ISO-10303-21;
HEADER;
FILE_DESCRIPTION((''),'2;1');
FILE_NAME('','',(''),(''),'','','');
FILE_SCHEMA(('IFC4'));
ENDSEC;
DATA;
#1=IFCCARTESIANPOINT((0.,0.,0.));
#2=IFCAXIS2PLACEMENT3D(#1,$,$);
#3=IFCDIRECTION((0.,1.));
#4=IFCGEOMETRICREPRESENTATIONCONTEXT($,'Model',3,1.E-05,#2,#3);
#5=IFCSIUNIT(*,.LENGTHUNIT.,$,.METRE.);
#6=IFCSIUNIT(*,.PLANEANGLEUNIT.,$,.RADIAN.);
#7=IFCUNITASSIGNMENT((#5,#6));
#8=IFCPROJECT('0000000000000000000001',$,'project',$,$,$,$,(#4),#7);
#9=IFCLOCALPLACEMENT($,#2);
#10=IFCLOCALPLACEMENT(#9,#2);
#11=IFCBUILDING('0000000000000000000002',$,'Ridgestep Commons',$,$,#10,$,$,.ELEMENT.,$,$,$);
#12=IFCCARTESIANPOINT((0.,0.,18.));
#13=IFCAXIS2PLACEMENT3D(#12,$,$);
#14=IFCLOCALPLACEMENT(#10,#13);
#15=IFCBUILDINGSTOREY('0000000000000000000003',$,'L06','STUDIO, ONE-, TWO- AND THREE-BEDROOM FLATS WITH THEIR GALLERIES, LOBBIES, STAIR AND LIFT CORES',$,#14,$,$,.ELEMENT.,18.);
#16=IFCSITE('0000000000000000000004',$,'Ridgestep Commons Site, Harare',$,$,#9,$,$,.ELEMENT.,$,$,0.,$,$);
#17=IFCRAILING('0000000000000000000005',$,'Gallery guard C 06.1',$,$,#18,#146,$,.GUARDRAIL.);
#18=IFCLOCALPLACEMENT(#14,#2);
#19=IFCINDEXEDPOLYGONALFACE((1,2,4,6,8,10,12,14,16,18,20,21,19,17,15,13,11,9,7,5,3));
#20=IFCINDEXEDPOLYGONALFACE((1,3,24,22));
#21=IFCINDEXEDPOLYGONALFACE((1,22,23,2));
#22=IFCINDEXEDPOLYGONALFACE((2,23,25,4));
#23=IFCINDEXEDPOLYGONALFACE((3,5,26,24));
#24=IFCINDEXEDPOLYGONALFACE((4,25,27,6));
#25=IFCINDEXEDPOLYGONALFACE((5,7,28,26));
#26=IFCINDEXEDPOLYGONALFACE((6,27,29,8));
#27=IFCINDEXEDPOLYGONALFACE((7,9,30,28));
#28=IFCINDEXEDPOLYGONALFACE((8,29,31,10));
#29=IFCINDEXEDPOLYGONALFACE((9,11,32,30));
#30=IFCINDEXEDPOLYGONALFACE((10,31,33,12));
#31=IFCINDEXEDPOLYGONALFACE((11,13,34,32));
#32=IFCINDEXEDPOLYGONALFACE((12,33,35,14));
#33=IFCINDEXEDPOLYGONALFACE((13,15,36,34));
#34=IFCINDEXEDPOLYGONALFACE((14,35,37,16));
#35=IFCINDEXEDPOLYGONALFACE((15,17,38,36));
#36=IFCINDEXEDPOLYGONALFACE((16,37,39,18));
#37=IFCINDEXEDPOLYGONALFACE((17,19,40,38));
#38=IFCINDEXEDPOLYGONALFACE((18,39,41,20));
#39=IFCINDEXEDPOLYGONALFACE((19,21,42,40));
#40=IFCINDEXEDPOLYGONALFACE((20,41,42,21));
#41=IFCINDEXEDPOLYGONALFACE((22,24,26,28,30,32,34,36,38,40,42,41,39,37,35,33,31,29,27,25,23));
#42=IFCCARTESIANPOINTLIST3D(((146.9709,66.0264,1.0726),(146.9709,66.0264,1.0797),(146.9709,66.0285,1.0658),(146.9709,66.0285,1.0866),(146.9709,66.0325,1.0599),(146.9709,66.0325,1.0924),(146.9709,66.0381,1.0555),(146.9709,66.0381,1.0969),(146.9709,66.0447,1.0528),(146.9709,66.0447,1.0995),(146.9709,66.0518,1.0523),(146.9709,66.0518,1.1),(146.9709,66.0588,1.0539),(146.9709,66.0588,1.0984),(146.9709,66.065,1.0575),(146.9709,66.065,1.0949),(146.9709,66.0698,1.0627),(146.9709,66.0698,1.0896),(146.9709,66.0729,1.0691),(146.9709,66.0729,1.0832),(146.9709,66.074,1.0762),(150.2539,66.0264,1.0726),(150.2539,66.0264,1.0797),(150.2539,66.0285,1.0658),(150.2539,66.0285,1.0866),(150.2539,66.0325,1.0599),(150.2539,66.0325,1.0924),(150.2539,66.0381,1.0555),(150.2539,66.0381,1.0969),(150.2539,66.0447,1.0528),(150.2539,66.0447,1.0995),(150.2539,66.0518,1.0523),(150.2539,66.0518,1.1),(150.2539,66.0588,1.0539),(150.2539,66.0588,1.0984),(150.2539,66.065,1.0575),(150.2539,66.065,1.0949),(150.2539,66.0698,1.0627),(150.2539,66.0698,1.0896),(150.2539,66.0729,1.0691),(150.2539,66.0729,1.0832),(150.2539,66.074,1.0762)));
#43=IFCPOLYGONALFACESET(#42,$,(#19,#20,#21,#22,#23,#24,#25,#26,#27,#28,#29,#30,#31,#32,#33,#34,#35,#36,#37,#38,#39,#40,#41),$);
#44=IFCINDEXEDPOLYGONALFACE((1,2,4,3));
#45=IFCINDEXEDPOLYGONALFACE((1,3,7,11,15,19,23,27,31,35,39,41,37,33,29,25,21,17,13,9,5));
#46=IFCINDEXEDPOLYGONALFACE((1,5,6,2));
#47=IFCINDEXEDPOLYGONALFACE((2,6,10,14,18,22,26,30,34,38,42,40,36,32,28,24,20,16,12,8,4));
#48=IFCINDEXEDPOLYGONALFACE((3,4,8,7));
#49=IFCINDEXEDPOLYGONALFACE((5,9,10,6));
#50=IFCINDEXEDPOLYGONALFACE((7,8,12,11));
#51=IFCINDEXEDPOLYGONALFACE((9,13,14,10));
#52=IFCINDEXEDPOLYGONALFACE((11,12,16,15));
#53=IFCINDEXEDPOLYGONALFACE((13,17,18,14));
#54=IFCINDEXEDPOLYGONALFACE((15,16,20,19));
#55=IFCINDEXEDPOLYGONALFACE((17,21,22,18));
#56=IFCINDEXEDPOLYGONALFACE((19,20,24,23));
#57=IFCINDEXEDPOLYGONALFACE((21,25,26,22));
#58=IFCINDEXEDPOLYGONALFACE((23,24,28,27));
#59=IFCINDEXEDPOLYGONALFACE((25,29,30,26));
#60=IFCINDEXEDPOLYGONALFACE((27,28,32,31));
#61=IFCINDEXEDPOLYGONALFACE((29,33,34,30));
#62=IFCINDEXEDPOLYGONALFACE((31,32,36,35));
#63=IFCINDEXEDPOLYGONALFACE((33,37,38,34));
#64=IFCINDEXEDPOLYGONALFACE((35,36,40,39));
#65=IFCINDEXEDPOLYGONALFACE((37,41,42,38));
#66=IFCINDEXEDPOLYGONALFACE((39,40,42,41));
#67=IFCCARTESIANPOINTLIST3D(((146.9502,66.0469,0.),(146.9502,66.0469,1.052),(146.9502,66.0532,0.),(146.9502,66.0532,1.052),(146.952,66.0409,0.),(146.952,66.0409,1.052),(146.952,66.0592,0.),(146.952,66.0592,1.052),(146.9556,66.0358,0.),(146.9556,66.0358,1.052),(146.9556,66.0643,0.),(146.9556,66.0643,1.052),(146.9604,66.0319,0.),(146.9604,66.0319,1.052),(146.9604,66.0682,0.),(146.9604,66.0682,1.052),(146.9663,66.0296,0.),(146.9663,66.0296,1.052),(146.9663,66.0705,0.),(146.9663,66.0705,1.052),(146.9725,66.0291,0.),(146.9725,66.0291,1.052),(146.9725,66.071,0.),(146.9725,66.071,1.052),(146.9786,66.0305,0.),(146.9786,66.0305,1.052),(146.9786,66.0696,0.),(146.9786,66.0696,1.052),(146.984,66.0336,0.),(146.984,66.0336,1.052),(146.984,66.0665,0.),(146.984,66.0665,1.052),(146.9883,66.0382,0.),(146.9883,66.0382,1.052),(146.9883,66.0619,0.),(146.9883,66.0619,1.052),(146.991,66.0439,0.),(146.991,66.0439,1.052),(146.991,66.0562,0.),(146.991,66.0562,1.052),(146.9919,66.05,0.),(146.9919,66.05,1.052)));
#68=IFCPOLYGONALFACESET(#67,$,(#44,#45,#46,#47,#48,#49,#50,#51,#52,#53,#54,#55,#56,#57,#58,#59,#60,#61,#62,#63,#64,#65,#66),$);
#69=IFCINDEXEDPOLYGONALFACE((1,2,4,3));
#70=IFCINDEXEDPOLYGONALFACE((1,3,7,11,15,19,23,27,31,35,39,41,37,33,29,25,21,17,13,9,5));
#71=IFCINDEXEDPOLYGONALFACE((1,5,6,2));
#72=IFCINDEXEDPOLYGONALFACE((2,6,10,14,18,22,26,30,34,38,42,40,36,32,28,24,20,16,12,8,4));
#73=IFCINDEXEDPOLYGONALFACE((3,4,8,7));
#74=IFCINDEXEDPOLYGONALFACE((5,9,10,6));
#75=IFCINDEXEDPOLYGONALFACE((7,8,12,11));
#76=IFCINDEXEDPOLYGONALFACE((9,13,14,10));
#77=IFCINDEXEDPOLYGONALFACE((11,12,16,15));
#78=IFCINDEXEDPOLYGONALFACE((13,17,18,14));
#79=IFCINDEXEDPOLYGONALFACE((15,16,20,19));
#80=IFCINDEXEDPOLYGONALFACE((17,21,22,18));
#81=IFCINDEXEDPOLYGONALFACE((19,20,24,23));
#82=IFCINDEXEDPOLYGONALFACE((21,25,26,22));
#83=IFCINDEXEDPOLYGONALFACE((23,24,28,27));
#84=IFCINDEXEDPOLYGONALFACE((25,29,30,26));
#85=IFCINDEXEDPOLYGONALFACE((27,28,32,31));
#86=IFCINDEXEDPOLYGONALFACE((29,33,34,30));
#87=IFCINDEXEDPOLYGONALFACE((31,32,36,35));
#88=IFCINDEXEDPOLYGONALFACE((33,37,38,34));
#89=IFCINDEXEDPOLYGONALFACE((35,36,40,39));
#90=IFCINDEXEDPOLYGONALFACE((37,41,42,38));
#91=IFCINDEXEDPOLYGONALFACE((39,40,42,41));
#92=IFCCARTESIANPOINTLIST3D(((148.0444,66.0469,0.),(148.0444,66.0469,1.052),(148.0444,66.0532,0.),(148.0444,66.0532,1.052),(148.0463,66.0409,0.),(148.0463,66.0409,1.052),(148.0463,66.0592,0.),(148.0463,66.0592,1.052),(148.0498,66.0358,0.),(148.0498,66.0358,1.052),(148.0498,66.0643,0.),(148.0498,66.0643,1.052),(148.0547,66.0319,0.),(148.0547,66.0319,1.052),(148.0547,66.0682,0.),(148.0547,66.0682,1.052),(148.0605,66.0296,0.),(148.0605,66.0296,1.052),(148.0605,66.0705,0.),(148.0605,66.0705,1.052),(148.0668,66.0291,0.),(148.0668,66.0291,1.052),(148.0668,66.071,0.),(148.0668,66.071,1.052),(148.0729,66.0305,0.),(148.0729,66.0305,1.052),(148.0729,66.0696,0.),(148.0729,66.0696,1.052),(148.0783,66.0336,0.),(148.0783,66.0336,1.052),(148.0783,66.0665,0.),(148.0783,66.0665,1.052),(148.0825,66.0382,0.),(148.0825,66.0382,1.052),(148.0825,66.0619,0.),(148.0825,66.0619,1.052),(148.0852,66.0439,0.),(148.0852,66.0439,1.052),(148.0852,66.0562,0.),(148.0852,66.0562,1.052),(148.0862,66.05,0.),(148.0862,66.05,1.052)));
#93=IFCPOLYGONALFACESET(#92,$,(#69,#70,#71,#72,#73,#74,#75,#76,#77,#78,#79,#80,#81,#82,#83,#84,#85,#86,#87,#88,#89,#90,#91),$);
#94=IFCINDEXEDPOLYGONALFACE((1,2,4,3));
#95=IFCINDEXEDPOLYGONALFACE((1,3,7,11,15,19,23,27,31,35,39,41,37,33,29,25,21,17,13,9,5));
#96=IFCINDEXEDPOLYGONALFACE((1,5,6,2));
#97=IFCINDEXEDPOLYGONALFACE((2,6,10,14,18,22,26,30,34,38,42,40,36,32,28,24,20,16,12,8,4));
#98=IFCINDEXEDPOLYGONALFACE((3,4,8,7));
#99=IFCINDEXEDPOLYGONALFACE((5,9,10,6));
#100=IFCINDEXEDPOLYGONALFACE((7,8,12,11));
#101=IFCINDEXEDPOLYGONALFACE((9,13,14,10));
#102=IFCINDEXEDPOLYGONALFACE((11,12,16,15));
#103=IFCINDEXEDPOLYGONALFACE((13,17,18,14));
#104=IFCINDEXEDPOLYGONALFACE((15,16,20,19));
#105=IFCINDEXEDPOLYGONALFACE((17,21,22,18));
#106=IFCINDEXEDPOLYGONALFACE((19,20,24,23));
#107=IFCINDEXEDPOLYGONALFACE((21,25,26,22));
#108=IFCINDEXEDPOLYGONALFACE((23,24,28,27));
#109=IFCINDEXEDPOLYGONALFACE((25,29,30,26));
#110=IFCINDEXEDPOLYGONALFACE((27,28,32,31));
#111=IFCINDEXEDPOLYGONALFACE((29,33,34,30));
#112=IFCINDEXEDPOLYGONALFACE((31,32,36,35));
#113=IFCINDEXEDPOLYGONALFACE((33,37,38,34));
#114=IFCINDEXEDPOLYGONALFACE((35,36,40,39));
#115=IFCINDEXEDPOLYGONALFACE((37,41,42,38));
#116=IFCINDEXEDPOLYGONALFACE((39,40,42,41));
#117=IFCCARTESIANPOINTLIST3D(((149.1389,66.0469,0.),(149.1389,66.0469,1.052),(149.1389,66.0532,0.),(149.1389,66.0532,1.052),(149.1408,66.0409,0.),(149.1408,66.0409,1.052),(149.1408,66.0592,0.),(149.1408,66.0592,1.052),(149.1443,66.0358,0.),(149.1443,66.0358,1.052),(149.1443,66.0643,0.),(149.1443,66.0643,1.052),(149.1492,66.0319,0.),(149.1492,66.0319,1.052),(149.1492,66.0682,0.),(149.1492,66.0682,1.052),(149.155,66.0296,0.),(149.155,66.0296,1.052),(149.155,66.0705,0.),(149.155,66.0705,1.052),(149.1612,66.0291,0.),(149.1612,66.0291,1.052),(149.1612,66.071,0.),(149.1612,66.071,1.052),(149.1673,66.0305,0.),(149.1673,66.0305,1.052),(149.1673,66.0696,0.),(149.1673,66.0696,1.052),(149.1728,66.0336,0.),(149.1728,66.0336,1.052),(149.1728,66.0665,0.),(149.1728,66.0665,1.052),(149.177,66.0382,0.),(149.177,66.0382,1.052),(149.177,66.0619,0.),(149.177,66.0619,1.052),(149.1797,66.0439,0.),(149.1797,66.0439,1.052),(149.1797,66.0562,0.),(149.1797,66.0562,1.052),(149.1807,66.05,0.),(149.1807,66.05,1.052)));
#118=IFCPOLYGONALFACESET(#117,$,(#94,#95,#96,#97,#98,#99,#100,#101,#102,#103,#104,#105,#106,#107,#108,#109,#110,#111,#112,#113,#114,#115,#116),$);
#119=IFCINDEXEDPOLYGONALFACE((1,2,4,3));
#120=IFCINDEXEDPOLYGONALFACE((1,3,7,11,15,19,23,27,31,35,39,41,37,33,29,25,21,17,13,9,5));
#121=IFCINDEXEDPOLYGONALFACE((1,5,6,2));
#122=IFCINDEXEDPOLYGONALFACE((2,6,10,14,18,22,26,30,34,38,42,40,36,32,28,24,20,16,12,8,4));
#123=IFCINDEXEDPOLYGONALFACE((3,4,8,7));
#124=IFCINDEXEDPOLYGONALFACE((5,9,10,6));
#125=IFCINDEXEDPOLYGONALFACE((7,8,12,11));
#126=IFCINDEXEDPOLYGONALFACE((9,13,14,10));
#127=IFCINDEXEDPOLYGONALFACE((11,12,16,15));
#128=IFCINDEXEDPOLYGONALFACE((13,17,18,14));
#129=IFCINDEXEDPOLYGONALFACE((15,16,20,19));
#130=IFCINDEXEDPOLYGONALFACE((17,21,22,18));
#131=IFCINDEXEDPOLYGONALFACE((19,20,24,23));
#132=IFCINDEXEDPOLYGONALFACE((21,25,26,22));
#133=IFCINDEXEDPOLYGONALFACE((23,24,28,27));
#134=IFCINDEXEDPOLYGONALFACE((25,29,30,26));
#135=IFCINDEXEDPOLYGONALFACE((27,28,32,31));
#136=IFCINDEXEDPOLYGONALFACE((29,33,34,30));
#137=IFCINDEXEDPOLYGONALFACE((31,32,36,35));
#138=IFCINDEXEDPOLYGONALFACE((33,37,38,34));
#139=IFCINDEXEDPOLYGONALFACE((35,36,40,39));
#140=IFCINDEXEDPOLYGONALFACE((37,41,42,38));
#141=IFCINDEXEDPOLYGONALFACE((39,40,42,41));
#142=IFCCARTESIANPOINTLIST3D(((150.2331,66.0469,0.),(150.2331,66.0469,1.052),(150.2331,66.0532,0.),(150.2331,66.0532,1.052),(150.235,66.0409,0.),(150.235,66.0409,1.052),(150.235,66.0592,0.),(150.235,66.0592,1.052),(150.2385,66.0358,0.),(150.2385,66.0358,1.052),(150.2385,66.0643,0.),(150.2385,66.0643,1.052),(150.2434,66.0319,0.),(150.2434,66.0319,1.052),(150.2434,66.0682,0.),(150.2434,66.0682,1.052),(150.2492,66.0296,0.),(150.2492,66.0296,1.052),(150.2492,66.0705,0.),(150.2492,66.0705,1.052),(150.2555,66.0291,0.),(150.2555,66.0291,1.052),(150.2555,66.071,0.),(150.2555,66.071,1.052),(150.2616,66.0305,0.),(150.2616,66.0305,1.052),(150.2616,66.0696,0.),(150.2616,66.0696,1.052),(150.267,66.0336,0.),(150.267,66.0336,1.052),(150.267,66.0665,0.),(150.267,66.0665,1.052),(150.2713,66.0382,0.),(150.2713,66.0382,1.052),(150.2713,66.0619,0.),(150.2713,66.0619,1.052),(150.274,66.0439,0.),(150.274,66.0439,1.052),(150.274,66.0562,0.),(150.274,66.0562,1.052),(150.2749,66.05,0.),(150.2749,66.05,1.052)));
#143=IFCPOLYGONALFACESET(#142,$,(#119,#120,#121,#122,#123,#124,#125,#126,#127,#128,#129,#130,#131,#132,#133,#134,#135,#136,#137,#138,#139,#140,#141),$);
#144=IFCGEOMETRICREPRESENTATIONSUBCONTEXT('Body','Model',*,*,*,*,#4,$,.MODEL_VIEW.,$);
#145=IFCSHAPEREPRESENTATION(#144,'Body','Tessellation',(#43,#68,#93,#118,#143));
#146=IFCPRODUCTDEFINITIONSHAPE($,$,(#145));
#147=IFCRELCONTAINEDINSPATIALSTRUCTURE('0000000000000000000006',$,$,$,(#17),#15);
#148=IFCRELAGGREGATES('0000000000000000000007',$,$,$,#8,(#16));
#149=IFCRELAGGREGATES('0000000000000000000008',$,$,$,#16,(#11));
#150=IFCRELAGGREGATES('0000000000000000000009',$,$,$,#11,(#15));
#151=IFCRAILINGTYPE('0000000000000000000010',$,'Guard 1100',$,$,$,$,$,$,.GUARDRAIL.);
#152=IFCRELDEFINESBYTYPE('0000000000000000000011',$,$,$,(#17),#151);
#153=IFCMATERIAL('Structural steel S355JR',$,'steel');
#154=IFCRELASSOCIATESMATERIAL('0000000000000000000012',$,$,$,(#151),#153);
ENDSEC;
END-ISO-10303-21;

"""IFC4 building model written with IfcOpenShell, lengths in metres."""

from ifc_helpers import new_model, si_unit, direction, frame, origin, origin_2d, place, context, subcontext, project, spatial, circle, extrude, material, type_object, element, save


model = new_model("IFC4")

# Units and contexts
model_context = context("Model", 3, precision=1e-05, world=origin(), true_north=direction((0.0, 1.0)))
body_context = subcontext(model_context, "Body", "Model", "MODEL_VIEW")
ifc_project = project(units=[si_unit("LENGTHUNIT", "METRE"), si_unit("PLANEANGLEUNIT", "RADIAN")], contexts=[model_context])

# Site, building, storey
site_placement = place(None, origin())
site = spatial("IfcSite", under=ifc_project, at=site_placement, Name="Ridgestep Commons Site, Harare", CompositionType="ELEMENT", RefElevation=0.0)
building_placement = place(site_placement, origin())
building = spatial("IfcBuilding", under=site, at=building_placement, Name="Ridgestep Commons", CompositionType="ELEMENT")
storey_placement = place(building_placement, frame((0.0, 0.0, 18.0)))
storey = spatial("IfcBuildingStorey", under=building, at=storey_placement, Name="L06", Description="STUDIO, ONE-, TWO- AND THREE-BEDROOM FLATS WITH THEIR GALLERIES, LOBBIES, STAIR AND LIFT CORES", CompositionType="ELEMENT", Elevation=18.0)

# Railing
ifc_material_1 = material(Name="Structural steel S355JR", Category="steel")
railing_type = type_object("IfcRailingType", Name="Guard 1100", PredefinedType="GUARDRAIL", material=ifc_material_1)
railing_placement = place(storey_placement, frame((146.9709, 66.05, 0.0)))
element("IfcRailing", 1, at=railing_placement, inside=storey, type_object=railing_type, Name="Gallery guard C 06.1", PredefinedType="GUARDRAIL", context=body_context, shape_type="SweptSolid", body=[
    extrude(circle(Radius=0.0239, at=origin_2d()), frame((0.0, 0.0, 1.0762), z_axis=(1.0, 0.0, 0.0), x_axis=(0.0, 1.0, 0.0)), (0.0, 0.0, 1.0), 3.283),
    extrude(circle(Radius=0.021, at=origin_2d()), origin(), (0.0, 0.0, 1.0), 1.052),
    extrude(circle(Radius=0.021, at=origin_2d()), frame((1.0942, 0.0, 0.0)), (0.0, 0.0, 1.0), 1.052),
    extrude(circle(Radius=0.021, at=origin_2d()), frame((2.1887, 0.0, 0.0)), (0.0, 0.0, 1.0), 1.052),
    extrude(circle(Radius=0.021, at=origin_2d()), frame((3.283, 0.0, 0.0)), (0.0, 0.0, 1.0), 1.052),
])

save(model, "model.ifc")
